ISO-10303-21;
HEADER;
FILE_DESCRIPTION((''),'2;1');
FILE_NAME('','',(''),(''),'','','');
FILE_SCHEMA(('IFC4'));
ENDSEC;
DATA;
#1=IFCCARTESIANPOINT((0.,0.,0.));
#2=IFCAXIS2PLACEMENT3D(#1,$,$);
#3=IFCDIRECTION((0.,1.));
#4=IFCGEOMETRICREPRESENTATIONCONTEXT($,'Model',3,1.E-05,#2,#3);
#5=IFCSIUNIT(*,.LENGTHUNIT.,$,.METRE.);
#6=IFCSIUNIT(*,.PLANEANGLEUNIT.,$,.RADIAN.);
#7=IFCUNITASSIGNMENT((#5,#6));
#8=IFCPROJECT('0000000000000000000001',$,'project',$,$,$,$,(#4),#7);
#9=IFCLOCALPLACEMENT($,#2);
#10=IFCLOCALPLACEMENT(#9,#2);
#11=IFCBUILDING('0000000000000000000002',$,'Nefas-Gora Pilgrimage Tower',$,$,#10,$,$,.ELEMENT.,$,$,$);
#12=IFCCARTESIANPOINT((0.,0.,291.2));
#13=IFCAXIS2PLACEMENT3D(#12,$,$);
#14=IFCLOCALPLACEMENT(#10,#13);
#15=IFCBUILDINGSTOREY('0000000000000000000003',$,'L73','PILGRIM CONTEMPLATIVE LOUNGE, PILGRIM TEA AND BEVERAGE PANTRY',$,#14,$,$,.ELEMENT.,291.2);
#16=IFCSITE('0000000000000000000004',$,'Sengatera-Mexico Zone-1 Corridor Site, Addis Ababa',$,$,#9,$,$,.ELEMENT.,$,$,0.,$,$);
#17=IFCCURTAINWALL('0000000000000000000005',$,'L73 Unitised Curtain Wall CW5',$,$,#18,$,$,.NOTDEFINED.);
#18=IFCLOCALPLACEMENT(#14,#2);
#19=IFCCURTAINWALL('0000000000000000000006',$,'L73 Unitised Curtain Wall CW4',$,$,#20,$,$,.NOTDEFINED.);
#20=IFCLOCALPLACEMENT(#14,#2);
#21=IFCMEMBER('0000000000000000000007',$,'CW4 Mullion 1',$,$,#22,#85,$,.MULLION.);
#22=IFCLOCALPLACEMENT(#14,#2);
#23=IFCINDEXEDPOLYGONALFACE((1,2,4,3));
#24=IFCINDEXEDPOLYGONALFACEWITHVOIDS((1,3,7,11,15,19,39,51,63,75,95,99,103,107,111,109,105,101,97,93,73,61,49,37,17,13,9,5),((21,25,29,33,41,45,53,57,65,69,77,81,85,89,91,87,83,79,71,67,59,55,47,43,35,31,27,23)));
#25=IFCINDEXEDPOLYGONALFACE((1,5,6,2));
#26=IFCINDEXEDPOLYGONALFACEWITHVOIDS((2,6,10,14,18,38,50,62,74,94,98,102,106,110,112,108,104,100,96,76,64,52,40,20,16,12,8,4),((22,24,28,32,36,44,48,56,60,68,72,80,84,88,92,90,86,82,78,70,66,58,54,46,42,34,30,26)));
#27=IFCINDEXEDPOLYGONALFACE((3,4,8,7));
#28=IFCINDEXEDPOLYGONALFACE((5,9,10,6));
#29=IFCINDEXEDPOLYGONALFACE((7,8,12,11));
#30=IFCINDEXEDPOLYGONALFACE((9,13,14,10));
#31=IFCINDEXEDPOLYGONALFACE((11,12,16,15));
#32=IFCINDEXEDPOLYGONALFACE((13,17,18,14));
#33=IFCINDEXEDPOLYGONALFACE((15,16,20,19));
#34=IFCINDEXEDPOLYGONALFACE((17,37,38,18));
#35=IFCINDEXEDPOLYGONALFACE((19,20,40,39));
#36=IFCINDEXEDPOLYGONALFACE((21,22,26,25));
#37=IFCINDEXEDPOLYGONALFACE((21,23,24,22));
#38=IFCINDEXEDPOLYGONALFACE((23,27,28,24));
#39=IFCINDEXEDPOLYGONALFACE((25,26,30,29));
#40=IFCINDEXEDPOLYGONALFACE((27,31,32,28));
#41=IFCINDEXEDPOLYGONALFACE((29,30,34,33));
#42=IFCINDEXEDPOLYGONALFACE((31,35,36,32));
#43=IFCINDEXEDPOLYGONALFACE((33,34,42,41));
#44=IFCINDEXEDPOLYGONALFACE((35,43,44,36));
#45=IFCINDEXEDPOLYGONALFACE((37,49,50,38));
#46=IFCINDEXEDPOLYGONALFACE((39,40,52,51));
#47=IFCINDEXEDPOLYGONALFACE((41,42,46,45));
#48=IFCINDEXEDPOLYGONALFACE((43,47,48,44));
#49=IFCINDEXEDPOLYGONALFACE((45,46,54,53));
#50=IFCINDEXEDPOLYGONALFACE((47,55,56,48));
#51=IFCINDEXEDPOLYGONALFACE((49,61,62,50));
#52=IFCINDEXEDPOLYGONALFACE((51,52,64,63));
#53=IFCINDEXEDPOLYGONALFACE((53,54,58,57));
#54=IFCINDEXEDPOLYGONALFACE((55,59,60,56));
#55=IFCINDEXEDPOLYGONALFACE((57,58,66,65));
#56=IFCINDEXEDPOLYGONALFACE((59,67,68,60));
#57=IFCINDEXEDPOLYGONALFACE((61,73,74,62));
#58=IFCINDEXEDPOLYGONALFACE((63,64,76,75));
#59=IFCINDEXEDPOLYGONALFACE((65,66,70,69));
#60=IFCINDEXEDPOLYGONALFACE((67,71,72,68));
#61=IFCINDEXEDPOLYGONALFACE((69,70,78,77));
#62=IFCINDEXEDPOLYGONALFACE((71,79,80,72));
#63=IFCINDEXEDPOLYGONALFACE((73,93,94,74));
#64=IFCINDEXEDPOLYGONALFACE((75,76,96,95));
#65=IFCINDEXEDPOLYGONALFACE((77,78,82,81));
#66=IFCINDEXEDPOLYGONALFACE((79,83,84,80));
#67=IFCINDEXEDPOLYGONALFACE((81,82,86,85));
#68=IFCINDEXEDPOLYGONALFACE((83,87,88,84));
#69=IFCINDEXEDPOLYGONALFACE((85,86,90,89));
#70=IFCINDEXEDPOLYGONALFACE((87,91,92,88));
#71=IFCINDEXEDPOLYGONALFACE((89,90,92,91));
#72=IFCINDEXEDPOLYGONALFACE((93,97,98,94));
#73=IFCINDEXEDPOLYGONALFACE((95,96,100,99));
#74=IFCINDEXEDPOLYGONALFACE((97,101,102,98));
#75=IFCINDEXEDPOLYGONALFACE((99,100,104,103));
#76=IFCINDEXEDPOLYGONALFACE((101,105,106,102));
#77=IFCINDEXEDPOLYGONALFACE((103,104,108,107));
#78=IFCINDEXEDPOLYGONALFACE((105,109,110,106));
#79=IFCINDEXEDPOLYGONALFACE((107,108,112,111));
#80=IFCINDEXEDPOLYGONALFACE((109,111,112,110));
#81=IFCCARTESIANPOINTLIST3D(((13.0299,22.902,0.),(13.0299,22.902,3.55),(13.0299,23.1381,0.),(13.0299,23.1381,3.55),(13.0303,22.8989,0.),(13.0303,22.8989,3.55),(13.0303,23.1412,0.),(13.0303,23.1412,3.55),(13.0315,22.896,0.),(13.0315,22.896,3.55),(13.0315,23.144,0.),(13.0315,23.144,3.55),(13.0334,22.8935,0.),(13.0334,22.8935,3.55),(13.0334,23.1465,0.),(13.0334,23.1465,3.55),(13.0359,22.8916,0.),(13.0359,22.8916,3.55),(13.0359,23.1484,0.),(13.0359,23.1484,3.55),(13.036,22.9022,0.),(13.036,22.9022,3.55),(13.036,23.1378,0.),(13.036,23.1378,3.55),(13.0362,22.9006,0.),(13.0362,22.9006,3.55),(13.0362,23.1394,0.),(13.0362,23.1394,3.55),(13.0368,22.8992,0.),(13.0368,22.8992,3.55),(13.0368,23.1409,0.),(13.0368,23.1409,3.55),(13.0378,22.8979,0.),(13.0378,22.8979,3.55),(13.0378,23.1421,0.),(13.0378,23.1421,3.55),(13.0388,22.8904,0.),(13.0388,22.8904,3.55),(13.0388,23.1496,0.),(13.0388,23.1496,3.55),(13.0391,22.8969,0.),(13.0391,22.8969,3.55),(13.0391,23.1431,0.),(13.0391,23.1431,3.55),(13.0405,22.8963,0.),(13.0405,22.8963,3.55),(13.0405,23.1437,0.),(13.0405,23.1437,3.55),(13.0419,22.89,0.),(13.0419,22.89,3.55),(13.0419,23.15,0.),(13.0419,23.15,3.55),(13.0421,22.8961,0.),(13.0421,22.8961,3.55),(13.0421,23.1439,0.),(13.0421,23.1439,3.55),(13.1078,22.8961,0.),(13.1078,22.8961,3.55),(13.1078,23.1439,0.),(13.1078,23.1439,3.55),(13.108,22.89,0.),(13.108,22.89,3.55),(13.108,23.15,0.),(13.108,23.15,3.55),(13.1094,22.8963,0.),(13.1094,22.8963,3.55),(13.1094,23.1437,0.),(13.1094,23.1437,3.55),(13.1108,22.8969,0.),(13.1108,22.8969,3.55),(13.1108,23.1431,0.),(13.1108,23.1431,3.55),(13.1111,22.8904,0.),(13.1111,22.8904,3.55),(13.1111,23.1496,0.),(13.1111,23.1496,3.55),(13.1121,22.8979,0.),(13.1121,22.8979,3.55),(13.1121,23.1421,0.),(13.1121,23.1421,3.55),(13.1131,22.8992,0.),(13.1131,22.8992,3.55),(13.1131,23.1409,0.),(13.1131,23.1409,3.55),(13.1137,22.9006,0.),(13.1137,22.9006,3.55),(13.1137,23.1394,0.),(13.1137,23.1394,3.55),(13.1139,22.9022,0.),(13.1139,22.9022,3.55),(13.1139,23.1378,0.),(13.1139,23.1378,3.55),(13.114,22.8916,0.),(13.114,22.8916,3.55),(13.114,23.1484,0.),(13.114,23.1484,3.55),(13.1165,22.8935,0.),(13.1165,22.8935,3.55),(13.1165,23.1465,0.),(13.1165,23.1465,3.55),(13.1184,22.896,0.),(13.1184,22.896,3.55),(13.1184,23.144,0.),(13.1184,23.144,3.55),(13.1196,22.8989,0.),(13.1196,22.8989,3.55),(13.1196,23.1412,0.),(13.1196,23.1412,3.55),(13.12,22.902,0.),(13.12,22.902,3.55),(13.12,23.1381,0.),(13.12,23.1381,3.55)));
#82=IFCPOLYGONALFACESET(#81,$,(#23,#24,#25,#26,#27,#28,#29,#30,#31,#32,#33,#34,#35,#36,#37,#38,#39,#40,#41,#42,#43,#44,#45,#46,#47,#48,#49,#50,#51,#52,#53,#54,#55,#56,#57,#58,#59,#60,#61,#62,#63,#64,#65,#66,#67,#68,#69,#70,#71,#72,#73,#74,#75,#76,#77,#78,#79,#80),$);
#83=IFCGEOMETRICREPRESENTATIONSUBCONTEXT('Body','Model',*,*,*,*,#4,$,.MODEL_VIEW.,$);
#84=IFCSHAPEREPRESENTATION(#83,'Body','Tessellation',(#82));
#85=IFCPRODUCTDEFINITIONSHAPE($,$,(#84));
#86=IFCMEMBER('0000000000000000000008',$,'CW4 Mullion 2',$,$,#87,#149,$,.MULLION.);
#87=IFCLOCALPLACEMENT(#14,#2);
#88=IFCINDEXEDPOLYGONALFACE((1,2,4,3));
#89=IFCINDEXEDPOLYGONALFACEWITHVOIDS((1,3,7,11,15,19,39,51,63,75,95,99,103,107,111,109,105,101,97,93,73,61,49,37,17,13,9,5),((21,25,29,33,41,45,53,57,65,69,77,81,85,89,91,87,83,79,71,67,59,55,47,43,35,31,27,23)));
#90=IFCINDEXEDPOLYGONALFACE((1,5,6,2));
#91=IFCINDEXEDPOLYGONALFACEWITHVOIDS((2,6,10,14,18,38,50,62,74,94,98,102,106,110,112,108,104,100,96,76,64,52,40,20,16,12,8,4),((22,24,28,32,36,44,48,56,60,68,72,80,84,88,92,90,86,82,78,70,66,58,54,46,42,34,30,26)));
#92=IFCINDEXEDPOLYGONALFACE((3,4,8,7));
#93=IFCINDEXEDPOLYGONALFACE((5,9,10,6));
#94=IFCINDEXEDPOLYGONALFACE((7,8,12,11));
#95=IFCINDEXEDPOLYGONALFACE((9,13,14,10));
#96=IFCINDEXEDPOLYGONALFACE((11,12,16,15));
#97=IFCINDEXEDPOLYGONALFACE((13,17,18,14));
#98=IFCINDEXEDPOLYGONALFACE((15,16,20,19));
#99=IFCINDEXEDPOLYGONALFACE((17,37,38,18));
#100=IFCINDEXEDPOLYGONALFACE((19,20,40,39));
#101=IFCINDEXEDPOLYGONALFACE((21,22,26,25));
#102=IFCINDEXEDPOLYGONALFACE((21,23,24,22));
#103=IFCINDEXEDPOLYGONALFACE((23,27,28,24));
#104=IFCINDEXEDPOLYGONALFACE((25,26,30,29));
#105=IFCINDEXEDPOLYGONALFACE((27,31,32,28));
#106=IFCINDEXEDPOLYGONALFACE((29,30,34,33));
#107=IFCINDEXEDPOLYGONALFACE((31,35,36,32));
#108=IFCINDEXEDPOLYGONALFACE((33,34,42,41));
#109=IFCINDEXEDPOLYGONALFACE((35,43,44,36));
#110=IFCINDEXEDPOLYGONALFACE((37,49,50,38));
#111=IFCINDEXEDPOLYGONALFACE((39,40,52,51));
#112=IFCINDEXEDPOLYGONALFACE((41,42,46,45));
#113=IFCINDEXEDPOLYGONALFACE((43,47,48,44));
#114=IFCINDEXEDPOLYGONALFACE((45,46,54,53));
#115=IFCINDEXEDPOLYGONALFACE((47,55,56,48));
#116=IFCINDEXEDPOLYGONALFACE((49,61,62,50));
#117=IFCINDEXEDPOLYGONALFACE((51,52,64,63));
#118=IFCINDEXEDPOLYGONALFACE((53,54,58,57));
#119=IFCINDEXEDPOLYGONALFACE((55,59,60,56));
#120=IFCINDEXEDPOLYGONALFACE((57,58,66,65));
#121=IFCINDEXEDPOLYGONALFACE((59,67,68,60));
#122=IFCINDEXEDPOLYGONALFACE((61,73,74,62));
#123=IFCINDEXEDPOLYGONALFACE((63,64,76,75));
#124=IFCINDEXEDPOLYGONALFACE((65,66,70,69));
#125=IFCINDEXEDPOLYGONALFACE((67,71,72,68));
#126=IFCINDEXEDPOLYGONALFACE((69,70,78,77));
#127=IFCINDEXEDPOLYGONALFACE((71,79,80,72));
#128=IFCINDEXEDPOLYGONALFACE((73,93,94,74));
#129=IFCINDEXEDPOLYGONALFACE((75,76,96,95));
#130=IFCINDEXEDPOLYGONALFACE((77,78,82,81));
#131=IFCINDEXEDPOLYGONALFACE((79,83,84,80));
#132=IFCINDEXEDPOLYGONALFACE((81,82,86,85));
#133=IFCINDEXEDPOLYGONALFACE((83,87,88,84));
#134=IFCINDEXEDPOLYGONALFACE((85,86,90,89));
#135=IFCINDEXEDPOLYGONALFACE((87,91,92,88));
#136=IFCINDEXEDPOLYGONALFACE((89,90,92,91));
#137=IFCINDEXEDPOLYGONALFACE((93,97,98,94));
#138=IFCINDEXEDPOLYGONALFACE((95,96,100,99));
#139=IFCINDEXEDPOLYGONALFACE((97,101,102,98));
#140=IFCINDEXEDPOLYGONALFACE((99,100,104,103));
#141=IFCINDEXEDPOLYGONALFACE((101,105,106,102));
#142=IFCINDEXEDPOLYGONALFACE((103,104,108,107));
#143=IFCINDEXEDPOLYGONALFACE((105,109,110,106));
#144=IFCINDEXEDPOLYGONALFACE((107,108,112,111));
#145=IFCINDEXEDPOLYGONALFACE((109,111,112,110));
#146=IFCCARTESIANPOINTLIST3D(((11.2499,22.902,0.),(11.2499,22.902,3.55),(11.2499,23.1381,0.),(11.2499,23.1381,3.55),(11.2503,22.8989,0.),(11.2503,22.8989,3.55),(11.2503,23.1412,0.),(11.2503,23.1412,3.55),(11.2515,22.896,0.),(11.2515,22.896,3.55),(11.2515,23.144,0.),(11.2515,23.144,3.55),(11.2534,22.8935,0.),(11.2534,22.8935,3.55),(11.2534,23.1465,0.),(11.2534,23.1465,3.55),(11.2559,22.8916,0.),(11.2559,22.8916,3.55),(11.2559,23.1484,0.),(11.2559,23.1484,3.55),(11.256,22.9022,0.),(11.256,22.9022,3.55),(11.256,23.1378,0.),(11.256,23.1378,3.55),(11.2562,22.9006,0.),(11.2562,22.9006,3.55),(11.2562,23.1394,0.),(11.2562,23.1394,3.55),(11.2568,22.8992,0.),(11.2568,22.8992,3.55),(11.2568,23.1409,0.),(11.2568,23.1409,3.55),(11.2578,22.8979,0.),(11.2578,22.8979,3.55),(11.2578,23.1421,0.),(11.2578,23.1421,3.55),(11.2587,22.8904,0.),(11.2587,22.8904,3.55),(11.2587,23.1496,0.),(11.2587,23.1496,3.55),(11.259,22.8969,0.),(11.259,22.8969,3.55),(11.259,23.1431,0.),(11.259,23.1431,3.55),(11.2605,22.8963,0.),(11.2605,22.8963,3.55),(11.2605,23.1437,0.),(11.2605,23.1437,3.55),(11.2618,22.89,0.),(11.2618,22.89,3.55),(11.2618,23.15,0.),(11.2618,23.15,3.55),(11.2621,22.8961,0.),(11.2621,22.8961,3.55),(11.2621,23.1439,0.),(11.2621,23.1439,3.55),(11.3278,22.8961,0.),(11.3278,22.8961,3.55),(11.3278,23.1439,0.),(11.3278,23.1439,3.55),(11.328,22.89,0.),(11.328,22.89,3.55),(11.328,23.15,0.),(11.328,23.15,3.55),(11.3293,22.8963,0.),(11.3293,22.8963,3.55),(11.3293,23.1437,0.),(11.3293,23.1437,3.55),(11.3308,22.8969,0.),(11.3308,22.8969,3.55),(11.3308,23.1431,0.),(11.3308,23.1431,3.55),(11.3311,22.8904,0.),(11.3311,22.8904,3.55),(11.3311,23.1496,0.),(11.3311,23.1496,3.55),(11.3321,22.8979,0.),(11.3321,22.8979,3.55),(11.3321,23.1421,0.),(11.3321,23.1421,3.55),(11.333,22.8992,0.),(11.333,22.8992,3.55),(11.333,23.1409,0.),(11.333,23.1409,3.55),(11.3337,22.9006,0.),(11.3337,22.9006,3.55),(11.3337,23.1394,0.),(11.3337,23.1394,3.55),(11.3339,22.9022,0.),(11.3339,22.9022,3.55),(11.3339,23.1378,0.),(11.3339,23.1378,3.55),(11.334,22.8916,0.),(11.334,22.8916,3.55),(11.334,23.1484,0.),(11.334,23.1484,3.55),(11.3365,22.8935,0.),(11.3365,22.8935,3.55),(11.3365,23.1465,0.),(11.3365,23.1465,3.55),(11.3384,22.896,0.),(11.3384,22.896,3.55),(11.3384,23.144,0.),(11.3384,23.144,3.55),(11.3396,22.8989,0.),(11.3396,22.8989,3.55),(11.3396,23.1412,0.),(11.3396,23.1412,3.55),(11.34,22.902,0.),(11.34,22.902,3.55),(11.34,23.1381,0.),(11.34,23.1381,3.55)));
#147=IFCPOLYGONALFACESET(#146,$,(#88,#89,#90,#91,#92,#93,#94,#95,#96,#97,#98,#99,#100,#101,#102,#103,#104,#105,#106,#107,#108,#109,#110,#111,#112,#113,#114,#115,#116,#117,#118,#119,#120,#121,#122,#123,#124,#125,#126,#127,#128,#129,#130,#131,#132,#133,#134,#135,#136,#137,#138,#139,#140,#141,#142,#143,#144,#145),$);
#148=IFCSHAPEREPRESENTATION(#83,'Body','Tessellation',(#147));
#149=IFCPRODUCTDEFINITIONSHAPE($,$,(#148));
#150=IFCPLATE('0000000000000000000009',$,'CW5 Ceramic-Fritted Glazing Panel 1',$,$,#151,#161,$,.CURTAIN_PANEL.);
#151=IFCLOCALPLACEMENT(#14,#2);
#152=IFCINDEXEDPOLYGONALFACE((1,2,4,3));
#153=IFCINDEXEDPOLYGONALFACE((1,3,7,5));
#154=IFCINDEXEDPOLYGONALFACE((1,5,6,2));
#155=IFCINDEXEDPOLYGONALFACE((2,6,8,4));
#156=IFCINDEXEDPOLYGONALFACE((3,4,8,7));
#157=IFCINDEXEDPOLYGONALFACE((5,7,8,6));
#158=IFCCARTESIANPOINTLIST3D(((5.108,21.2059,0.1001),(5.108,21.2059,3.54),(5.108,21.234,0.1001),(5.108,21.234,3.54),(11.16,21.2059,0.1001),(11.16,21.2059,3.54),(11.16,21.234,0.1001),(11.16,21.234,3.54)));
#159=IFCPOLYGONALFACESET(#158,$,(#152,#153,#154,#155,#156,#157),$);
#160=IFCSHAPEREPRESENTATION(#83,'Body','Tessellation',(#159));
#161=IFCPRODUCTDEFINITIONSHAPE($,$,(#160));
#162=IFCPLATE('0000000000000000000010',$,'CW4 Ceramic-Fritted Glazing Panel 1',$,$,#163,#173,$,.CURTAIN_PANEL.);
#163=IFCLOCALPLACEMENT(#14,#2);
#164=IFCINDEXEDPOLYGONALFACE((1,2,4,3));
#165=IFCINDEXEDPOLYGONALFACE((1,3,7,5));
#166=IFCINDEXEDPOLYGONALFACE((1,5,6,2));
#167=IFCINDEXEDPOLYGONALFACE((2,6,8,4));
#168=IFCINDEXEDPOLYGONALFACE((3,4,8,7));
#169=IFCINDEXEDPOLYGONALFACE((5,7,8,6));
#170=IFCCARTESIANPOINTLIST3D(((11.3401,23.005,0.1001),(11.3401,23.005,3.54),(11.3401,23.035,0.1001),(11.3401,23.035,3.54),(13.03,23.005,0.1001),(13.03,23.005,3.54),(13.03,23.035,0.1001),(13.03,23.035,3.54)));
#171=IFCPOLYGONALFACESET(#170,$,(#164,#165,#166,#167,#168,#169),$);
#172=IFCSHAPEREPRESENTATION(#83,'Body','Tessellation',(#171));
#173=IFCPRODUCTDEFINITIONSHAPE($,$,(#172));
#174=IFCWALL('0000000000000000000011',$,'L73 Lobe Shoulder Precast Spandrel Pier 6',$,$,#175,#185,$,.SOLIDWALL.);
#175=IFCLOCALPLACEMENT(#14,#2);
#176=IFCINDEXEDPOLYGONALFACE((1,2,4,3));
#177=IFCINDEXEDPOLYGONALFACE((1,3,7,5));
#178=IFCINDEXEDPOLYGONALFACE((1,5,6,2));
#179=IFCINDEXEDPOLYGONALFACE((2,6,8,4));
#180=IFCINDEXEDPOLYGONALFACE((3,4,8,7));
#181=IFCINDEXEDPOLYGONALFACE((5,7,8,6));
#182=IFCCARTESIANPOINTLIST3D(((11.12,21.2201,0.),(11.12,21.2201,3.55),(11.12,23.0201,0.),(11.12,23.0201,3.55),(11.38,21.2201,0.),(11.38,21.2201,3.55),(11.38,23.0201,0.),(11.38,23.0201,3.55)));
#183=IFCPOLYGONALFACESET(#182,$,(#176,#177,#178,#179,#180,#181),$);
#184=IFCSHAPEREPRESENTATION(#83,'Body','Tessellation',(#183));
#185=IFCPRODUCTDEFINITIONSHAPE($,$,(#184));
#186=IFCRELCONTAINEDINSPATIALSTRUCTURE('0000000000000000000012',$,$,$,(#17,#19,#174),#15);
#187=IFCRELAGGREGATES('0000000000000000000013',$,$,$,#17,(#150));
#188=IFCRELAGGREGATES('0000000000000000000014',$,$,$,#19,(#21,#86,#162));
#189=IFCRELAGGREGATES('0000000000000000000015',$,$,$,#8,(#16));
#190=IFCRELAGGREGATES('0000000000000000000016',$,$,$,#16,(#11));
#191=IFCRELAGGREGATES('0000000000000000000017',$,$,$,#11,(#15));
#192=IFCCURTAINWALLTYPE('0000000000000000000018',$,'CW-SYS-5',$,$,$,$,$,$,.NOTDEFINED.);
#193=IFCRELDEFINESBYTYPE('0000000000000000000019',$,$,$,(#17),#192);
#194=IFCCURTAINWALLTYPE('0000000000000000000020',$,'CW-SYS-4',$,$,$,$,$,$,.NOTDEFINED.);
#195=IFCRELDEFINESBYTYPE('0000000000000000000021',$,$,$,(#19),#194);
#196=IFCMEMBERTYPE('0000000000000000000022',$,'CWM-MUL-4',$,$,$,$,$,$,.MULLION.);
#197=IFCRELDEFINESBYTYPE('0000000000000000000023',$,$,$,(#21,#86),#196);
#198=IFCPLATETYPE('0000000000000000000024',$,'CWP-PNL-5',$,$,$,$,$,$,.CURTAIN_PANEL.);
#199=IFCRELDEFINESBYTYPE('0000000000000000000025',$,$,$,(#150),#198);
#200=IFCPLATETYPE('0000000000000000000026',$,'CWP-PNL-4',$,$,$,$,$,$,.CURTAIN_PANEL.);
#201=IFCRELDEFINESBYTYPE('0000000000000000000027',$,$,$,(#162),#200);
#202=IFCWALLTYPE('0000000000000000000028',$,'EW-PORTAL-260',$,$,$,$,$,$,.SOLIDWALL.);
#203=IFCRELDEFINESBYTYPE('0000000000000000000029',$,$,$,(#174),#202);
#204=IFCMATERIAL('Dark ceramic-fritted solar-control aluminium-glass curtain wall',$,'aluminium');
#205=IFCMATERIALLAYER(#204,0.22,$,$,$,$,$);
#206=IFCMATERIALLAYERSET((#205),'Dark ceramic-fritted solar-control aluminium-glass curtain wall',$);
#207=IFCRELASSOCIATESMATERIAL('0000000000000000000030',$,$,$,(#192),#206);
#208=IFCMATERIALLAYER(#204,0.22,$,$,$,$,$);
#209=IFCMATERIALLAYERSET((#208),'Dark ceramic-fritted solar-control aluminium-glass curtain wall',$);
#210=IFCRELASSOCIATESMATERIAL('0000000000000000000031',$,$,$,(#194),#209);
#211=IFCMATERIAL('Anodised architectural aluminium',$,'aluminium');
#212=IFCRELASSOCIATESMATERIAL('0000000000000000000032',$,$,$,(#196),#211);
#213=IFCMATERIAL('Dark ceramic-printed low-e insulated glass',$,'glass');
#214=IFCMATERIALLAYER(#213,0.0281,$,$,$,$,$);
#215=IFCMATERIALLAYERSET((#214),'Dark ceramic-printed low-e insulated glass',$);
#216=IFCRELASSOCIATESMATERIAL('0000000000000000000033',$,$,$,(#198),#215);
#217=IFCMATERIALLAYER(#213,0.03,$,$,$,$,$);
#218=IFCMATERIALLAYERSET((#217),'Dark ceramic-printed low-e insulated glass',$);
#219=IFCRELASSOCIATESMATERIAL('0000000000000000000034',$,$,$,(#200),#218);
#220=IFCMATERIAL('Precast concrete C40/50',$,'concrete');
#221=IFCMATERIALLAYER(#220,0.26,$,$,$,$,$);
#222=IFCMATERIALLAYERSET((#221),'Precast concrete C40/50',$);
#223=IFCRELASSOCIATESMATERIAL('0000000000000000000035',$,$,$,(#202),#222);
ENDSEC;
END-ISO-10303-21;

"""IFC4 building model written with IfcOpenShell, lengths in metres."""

from ifc_helpers import new_model, si_unit, direction, frame, frame_2d, origin, origin_2d, place, context, subcontext, project, spatial, rectangle, hollow_rectangle, extrude, source, transform, mapped, material, layer, layer_set, material_profile, profile_set, type_object, element, aggregate, save


model = new_model("IFC4")

# Units and contexts
model_context = context("Model", 3, precision=1e-05, world=origin(), true_north=direction((0.0, 1.0)))
body_context = subcontext(model_context, "Body", "Model", "MODEL_VIEW")
ifc_project = project(units=[si_unit("LENGTHUNIT", "METRE"), si_unit("PLANEANGLEUNIT", "RADIAN")], contexts=[model_context])

# Site, building, storey
site_placement = place(None, origin())
site = spatial("IfcSite", under=ifc_project, at=site_placement, Name="Sengatera-Mexico Zone-1 Corridor Site, Addis Ababa", CompositionType="ELEMENT", RefElevation=0.0)
building_placement = place(site_placement, origin())
building = spatial("IfcBuilding", under=site, at=building_placement, Name="Nefas-Gora Pilgrimage Tower", CompositionType="ELEMENT")
storey_placement = place(building_placement, frame((0.0, 0.0, 291.2)))
storey = spatial("IfcBuildingStorey", under=building, at=storey_placement, Name="L73", Description="PILGRIM CONTEMPLATIVE LOUNGE, PILGRIM TEA AND BEVERAGE PANTRY", CompositionType="ELEMENT", Elevation=291.2)

# Curtain wall
ifc_material_1 = material(Name="Dark ceramic-fritted solar-control aluminium-glass curtain wall", Category="aluminium")
ifc_layer_1 = layer(ifc_material_1, 0.22)
ifc_layer_set_1 = layer_set([ifc_layer_1], Name="Dark ceramic-fritted solar-control aluminium-glass curtain wall")
curtain_wall_type_1 = type_object("IfcCurtainWallType", Name="CW-SYS-5", PredefinedType="NOTDEFINED", material=ifc_layer_set_1)
curtain_wall_1_placement = place(storey_placement, origin())
curtain_wall_1 = element("IfcCurtainWall", 1, at=curtain_wall_1_placement, inside=storey, type_object=curtain_wall_type_1, Name="L73 Unitised Curtain Wall CW5", PredefinedType="NOTDEFINED")
ifc_material_2 = material(Name="Anodised architectural aluminium", Category="aluminium")

# Curtain wall
ifc_layer_2 = layer(ifc_material_1, 0.22)
ifc_layer_set_2 = layer_set([ifc_layer_2], Name="Dark ceramic-fritted solar-control aluminium-glass curtain wall")
curtain_wall_type_2 = type_object("IfcCurtainWallType", Name="CW-SYS-4", PredefinedType="NOTDEFINED", material=ifc_layer_set_2)
curtain_wall_2_placement = place(storey_placement, origin())
curtain_wall_2 = element("IfcCurtainWall", 2, at=curtain_wall_2_placement, inside=storey, type_object=curtain_wall_type_2, Name="L73 Unitised Curtain Wall CW4", PredefinedType="NOTDEFINED")
ifc_material_profile_1 = material_profile(ifc_material_2, hollow_rectangle(XDim=0.0901, YDim=0.26, WallThickness=0.0061, InnerFilletRadius=0.0061, OuterFilletRadius=0.012, at=origin_2d()), Name="ALU MULLION 90x260")
ifc_profile_set_1 = profile_set([ifc_material_profile_1], Name="Anodised architectural aluminium")
member_type_1 = type_object("IfcMemberType", Name="CWM-MUL-4", PredefinedType="MULLION", material=ifc_profile_set_1)
shared_shape_1 = source(origin(), body_context, "Body", "SweptSolid", [
    extrude(hollow_rectangle(XDim=0.0901, YDim=0.26, WallThickness=0.0061, InnerFilletRadius=0.0061, OuterFilletRadius=0.012, at=origin_2d()), origin(), (0.0, 0.0, 1.0), 3.55),
])

# Members
member_1_placement = place(storey_placement, frame((13.075, 23.02, 0.0), z_axis=(0.0, 0.0, 1.0), x_axis=(-1.0, 0.0, 0.0)))
member_1 = element("IfcMember", 3, at=member_1_placement, type_object=member_type_1, Name="CW4 Mullion 1", PredefinedType="MULLION", context=body_context, shape_type="MappedRepresentation", body=[
    mapped(shared_shape_1, transform((0.0, 0.0, 0.0), x_axis=(1.0, 0.0, 0.0), y_axis=(0.0, 1.0, 0.0), z_axis=(0.0, 0.0, 1.0), scale=1.0)),
])
member_2_placement = place(storey_placement, frame((11.2949, 23.02, 0.0), z_axis=(0.0, 0.0, 1.0), x_axis=(-1.0, 0.0, 0.0)))
member_2 = element("IfcMember", 4, at=member_2_placement, type_object=member_type_1, Name="CW4 Mullion 2", PredefinedType="MULLION", context=body_context, shape_type="MappedRepresentation", body=[
    mapped(shared_shape_1, transform((0.0, 0.0, 0.0), x_axis=(1.0, 0.0, 0.0), y_axis=(0.0, 1.0, 0.0), z_axis=(0.0, 0.0, 1.0), scale=1.0)),
])

# Plates
ifc_material_3 = material(Name="Dark ceramic-printed low-e insulated glass", Category="glass")
ifc_layer_3 = layer(ifc_material_3, 0.0281)
ifc_layer_set_3 = layer_set([ifc_layer_3], Name="Dark ceramic-printed low-e insulated glass")
plate_type_1 = type_object("IfcPlateType", Name="CWP-PNL-5", PredefinedType="CURTAIN_PANEL", material=ifc_layer_set_3)
shared_shape_2 = source(origin(), body_context, "Body", "SweptSolid", [
    extrude(rectangle(XDim=6.052, YDim=0.0281, at=origin_2d()), origin(), (0.0, 0.0, 1.0), 3.4399),
])
plate_1_placement = place(storey_placement, frame((8.134, 21.22, 0.1001), z_axis=(0.0, 0.0, 1.0), x_axis=(-1.0, 0.0, 0.0)))
plate_1 = element("IfcPlate", 5, at=plate_1_placement, type_object=plate_type_1, Name="CW5 Ceramic-Fritted Glazing Panel 1", PredefinedType="CURTAIN_PANEL", context=body_context, shape_type="MappedRepresentation", body=[
    mapped(shared_shape_2, transform((0.0, 0.0, 0.0), x_axis=(1.0, 0.0, 0.0), y_axis=(0.0, 1.0, 0.0), z_axis=(0.0, 0.0, 1.0), scale=1.0)),
])
aggregate(curtain_wall_1, [plate_1])
ifc_layer_4 = layer(ifc_material_3, 0.03)
ifc_layer_set_4 = layer_set([ifc_layer_4], Name="Dark ceramic-printed low-e insulated glass")
plate_type_2 = type_object("IfcPlateType", Name="CWP-PNL-4", PredefinedType="CURTAIN_PANEL", material=ifc_layer_set_4)
shared_shape_3 = source(origin(), body_context, "Body", "SweptSolid", [
    extrude(rectangle(XDim=1.6899, YDim=0.03, at=origin_2d()), origin(), (0.0, 0.0, 1.0), 3.4399),
])
plate_2_placement = place(storey_placement, frame((12.1851, 23.02, 0.1001), z_axis=(0.0, 0.0, 1.0), x_axis=(-1.0, 0.0, 0.0)))
plate_2 = element("IfcPlate", 6, at=plate_2_placement, type_object=plate_type_2, Name="CW4 Ceramic-Fritted Glazing Panel 1", PredefinedType="CURTAIN_PANEL", context=body_context, shape_type="MappedRepresentation", body=[
    mapped(shared_shape_3, transform((0.0, 0.0, 0.0), x_axis=(1.0, 0.0, 0.0), y_axis=(0.0, 1.0, 0.0), z_axis=(0.0, 0.0, 1.0), scale=1.0)),
])
aggregate(curtain_wall_2, [member_1, member_2, plate_2])

# Wall
ifc_material_4 = material(Name="Precast concrete C40/50", Category="concrete")
ifc_layer_5 = layer(ifc_material_4, 0.26)
ifc_layer_set_5 = layer_set([ifc_layer_5], Name="Precast concrete C40/50")
wall_type_1 = type_object("IfcWallType", Name="EW-PORTAL-260", PredefinedType="SOLIDWALL", material=ifc_layer_set_5)
shared_shape_4 = source(origin(), body_context, "Body", "SweptSolid", [
    extrude(rectangle(XDim=1.8, YDim=0.26, at=frame_2d((0.8999, 0.0))), origin(), (0.0, 0.0, 1.0), 3.55),
])
wall_1_placement = place(storey_placement, frame((11.25, 23.02, 0.0), z_axis=(0.0, 0.0, 1.0), x_axis=(0.0, -1.0, 0.0)))
element("IfcWall", 7, at=wall_1_placement, inside=storey, type_object=wall_type_1, Name="L73 Lobe Shoulder Precast Spandrel Pier 6", PredefinedType="SOLIDWALL", context=body_context, shape_type="MappedRepresentation", body=[
    mapped(shared_shape_4, transform((0.0, 0.0, 0.0), x_axis=(1.0, 0.0, 0.0), y_axis=(0.0, 1.0, 0.0), z_axis=(0.0, 0.0, 1.0), scale=1.0)),
])

save(model, "model.ifc")
